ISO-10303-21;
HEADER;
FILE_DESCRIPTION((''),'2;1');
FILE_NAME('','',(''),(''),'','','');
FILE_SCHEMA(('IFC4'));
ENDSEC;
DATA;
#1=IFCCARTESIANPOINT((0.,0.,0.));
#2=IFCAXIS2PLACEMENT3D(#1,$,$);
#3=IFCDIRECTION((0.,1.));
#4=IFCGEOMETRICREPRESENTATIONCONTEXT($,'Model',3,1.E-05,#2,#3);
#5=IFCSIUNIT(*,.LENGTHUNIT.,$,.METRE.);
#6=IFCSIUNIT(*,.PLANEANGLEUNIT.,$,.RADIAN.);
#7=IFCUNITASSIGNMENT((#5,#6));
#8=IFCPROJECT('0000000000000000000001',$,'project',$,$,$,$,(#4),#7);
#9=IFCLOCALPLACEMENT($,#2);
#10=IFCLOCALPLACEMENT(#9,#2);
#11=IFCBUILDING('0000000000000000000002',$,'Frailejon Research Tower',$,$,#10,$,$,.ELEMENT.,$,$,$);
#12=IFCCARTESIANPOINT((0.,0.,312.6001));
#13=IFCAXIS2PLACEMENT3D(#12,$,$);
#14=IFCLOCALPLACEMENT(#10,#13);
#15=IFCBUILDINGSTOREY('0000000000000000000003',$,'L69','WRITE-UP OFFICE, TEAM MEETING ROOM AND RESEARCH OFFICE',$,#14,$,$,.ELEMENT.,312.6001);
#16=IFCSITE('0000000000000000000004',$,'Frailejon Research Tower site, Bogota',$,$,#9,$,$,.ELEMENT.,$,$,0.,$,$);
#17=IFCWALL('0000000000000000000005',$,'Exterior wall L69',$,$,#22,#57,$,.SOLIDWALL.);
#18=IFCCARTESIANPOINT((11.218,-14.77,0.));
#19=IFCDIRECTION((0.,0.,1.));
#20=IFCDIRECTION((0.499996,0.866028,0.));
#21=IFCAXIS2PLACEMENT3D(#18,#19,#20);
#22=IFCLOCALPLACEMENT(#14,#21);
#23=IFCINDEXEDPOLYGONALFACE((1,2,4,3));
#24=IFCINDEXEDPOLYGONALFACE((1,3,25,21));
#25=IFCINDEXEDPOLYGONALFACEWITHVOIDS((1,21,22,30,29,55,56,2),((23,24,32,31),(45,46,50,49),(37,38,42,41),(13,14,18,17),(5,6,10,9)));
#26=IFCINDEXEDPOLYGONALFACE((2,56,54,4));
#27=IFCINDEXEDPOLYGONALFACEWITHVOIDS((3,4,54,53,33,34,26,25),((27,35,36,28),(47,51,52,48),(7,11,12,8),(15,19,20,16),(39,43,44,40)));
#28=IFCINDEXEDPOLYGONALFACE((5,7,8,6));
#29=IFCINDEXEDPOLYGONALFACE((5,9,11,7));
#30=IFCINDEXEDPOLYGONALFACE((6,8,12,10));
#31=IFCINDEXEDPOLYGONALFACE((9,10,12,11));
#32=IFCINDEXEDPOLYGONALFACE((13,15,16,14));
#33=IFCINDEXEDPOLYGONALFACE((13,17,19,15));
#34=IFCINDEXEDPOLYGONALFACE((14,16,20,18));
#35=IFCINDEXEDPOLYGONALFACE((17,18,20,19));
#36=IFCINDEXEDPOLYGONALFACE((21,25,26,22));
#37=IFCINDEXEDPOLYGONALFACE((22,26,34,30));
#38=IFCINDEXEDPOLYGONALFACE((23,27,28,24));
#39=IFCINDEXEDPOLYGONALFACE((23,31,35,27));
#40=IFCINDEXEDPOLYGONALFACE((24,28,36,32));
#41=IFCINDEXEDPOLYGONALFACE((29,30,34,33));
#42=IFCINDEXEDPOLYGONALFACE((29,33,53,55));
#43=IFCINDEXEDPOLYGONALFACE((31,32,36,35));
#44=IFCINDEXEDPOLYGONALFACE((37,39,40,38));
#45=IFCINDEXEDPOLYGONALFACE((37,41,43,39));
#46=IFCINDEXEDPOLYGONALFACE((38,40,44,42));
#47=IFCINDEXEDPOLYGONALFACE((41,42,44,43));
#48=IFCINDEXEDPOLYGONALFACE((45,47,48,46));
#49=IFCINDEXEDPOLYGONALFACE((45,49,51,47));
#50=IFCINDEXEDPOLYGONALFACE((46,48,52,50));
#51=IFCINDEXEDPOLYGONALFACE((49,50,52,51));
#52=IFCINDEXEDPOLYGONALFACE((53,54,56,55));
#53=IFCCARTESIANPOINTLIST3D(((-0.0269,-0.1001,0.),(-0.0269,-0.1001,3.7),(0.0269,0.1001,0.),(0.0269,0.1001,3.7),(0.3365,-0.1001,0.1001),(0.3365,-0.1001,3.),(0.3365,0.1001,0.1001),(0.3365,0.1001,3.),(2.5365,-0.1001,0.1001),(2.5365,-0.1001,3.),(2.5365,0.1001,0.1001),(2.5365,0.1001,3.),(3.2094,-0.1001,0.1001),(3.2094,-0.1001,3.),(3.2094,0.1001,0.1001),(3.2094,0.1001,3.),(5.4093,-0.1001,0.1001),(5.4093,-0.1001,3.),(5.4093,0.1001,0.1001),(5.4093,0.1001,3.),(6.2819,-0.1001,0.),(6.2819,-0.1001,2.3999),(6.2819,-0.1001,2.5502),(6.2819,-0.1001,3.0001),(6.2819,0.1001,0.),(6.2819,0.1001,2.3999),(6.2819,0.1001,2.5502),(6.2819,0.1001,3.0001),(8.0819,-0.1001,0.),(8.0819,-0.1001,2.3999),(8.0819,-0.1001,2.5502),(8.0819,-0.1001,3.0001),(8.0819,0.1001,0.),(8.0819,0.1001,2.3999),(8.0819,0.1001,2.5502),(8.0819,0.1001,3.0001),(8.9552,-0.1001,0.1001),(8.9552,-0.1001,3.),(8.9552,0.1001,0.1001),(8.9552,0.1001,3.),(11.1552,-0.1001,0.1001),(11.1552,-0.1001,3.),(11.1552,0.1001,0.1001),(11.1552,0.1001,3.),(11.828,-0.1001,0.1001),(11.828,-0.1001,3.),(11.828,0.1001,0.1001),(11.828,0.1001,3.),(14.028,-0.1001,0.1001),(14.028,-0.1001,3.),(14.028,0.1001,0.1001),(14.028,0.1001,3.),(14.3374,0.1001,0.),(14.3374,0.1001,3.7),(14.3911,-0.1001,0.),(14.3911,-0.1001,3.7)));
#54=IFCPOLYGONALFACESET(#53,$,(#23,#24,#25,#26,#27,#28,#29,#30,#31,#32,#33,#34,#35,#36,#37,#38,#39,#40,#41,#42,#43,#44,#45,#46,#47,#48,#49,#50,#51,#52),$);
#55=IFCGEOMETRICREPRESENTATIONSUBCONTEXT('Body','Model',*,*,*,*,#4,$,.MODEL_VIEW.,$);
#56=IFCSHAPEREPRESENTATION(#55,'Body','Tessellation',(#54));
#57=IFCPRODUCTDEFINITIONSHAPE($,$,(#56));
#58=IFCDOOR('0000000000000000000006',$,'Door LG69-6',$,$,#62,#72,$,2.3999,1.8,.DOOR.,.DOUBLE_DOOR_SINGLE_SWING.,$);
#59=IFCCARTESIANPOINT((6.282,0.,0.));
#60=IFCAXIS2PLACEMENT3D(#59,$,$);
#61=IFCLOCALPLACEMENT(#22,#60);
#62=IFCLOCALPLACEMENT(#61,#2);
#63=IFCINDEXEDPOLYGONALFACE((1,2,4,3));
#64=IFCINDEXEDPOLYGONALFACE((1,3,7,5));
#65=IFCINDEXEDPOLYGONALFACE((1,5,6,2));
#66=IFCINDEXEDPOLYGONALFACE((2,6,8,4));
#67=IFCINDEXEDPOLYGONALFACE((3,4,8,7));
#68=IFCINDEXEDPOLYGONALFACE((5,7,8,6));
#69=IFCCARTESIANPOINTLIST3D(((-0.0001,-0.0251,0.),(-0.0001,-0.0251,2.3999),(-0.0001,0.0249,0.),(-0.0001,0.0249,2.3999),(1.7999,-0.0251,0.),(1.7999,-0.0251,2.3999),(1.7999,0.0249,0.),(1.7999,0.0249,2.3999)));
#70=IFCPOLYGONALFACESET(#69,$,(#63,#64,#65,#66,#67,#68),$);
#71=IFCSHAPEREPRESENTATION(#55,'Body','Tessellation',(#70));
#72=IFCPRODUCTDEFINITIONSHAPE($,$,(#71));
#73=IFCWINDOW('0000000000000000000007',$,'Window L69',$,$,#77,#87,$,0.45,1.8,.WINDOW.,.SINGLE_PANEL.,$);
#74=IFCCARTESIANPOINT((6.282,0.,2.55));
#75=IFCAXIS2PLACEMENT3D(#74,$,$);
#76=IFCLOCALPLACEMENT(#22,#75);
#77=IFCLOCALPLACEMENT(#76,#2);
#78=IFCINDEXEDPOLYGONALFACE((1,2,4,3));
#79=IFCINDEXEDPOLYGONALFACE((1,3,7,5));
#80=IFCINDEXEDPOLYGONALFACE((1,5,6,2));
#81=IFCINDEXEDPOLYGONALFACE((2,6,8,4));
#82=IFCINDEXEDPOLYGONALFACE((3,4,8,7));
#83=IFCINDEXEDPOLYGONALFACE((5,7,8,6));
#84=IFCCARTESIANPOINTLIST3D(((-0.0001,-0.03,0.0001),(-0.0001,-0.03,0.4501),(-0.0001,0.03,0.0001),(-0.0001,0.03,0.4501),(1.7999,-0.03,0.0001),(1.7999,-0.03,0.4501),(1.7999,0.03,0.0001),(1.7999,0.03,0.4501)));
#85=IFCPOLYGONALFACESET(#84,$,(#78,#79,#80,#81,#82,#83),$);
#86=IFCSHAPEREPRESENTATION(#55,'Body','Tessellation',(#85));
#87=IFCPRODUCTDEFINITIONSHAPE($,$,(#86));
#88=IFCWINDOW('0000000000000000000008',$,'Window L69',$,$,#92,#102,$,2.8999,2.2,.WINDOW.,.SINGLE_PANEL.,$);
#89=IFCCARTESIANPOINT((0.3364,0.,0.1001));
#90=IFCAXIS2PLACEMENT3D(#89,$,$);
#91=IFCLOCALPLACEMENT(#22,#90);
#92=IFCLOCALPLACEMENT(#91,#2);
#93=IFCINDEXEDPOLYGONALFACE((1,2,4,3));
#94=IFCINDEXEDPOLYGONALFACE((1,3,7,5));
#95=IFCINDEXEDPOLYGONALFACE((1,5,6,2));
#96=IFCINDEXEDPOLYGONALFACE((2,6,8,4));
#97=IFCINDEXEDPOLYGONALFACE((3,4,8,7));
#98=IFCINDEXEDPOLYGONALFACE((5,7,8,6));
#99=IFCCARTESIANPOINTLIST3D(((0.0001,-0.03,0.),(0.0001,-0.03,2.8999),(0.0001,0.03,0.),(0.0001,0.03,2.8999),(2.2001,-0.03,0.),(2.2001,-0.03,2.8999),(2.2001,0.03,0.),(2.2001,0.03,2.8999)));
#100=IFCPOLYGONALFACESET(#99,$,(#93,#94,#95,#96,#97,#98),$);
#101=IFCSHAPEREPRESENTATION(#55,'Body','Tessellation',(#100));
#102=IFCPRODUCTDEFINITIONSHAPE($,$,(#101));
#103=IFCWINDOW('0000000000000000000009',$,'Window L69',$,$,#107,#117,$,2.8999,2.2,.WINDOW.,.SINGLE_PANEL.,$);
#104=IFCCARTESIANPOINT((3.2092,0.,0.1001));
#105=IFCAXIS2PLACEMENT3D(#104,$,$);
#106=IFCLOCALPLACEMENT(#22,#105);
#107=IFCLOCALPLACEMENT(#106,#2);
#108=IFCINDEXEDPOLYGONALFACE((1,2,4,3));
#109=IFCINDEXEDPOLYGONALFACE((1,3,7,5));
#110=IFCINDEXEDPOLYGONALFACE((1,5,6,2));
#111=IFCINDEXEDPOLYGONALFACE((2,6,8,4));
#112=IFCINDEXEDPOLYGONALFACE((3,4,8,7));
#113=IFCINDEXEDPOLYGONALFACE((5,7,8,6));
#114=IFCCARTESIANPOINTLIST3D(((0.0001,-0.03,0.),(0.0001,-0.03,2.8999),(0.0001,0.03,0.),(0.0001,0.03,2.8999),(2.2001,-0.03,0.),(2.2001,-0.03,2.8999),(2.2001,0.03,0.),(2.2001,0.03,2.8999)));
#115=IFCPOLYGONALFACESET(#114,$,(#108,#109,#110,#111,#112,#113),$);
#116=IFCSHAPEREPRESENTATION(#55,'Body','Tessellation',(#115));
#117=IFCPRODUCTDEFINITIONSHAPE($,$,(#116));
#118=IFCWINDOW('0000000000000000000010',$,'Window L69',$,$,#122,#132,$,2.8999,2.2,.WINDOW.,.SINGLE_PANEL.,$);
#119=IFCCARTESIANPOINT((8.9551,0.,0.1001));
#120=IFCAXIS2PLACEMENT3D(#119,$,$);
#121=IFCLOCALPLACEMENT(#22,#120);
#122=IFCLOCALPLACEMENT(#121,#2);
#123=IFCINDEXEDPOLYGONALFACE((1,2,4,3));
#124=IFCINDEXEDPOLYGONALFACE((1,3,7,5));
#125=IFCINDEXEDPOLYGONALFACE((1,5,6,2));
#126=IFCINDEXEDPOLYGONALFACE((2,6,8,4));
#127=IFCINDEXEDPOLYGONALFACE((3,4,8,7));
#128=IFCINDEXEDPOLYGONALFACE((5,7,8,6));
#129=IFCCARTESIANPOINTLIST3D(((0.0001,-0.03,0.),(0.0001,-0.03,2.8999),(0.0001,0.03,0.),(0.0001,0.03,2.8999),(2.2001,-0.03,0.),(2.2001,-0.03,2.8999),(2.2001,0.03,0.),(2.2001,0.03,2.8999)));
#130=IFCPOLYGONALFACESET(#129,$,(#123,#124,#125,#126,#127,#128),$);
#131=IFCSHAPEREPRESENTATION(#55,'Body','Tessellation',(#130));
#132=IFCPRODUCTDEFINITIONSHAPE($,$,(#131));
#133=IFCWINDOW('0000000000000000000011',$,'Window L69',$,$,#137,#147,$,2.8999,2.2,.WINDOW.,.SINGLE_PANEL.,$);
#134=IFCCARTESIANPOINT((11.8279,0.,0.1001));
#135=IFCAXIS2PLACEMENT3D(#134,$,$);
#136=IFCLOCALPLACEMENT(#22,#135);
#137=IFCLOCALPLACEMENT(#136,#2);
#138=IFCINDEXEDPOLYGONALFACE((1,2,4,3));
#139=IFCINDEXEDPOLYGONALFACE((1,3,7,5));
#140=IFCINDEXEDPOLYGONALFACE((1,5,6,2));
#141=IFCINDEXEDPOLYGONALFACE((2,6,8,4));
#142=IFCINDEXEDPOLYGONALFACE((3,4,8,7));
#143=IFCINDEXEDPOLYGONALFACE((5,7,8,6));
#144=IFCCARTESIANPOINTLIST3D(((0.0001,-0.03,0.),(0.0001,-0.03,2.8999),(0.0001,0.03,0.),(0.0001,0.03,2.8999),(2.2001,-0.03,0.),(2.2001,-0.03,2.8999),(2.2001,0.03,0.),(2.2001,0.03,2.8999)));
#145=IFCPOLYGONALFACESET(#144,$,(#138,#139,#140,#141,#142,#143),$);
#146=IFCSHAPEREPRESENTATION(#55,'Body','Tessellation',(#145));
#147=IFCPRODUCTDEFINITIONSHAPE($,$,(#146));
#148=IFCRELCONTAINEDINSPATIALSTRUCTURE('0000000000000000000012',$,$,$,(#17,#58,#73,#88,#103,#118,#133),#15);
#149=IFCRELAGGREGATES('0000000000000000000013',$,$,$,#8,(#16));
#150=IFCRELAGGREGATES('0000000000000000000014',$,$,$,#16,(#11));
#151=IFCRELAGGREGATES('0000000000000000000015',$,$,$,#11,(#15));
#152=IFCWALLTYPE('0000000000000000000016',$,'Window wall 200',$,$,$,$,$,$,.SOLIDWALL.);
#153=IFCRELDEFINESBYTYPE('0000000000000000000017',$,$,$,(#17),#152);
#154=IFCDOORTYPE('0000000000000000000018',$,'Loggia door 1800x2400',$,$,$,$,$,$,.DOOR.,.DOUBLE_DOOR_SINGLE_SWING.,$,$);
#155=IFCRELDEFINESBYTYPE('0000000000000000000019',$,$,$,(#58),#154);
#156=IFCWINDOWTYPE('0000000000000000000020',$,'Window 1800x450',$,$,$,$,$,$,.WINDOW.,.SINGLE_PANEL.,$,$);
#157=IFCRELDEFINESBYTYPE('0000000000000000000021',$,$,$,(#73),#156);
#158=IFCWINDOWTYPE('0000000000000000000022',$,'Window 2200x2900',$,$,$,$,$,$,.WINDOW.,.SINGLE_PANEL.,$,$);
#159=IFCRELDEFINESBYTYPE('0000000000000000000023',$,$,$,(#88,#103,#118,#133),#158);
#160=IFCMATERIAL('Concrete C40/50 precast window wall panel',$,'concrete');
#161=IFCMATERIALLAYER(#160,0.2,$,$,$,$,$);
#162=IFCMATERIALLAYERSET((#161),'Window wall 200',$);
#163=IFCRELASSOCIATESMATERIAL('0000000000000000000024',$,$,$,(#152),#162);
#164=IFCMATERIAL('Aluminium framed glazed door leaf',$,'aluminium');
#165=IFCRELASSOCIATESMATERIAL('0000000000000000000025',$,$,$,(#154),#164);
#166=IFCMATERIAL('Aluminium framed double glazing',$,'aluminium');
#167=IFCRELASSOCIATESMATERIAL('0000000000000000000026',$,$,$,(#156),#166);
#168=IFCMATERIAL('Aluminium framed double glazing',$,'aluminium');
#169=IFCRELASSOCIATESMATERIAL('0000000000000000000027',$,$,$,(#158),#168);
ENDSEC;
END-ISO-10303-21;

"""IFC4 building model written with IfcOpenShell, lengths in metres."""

from ifc_helpers import new_model, si_unit, direction, frame, frame_2d, origin, place, context, subcontext, project, spatial, polyline, rectangle, outline, extrude, material, layer, layer_set, type_object, element, fill, save


model = new_model("IFC4")

# Units and contexts
model_context = context("Model", 3, precision=1e-05, world=origin(), true_north=direction((0.0, 1.0)))
body_context = subcontext(model_context, "Body", "Model", "MODEL_VIEW")
ifc_project = project(units=[si_unit("LENGTHUNIT", "METRE"), si_unit("PLANEANGLEUNIT", "RADIAN")], contexts=[model_context])

# Site, building, storey
site_placement = place(None, origin())
site = spatial("IfcSite", under=ifc_project, at=site_placement, Name="Frailejon Research Tower site, Bogota", CompositionType="ELEMENT", RefElevation=0.0)
building_placement = place(site_placement, origin())
building = spatial("IfcBuilding", under=site, at=building_placement, Name="Frailejon Research Tower", CompositionType="ELEMENT")
storey_placement = place(building_placement, frame((0.0, 0.0, 312.6001)))
storey = spatial("IfcBuildingStorey", under=building, at=storey_placement, Name="L69", Description="WRITE-UP OFFICE, TEAM MEETING ROOM AND RESEARCH OFFICE", CompositionType="ELEMENT", Elevation=312.6001)

# Wall, openings, door, windows
ifc_material_1 = material(Name="Concrete C40/50 precast window wall panel", Category="concrete")
ifc_layer_1 = layer(ifc_material_1, 0.2)
ifc_layer_set_1 = layer_set([ifc_layer_1], Name="Window wall 200")
wall_type_1 = type_object("IfcWallType", Name="Window wall 200", PredefinedType="SOLIDWALL", material=ifc_layer_set_1)
wall_1_placement = place(storey_placement, frame((11.218, -14.77, 0.0), z_axis=(0.0, 0.0, 1.0), x_axis=(0.499996, 0.866028, 0.0)))
wall_1 = element("IfcWall", 1, at=wall_1_placement, inside=storey, type_object=wall_type_1, Name="Exterior wall L69", PredefinedType="SOLIDWALL", context=body_context, shape_type="SweptSolid", body=[
    extrude(outline(polyline([(-0.0269, -0.1001), (1.0029, -0.1001), (2.033, -0.1001), (3.0627, -0.1001), (4.0925, -0.1001), (5.1223, -0.1001), (6.1523, -0.1001), (7.1821, -0.1001), (8.2119, -0.1001), (9.2419, -0.1001), (10.2717, -0.1001), (11.3015, -0.1001), (12.3313, -0.1001), (13.3613, -0.1001), (14.3911, -0.1001), (14.3374, 0.1001), (13.3152, 0.1001), (12.293, 0.1001), (11.2708, 0.1001), (10.2488, 0.1001), (9.2266, 0.1001), (8.2043, 0.1001), (7.1821, 0.1001), (6.1599, 0.1001), (5.1377, 0.1001), (4.1155, 0.1001), (3.0935, 0.1001), (2.0713, 0.1001), (1.0491, 0.1001), (0.0269, 0.1001), (-0.0269, -0.1001)])), origin(), (0.0, 0.0, 1.0), 3.7),
])
opening_1_placement = place(wall_1_placement, frame((0.3364, 0.0, 0.1001)))
opening_1 = element("IfcOpeningElement", 2, at=opening_1_placement, cuts=wall_1, PredefinedType="OPENING", context=body_context, shape_type="SweptSolid", body=[
    extrude(rectangle(XDim=2.2, YDim=2.8999, at=frame_2d((1.1001, 1.45))), frame((0.0, 0.1099, 0.0), z_axis=(0.0, -1.0, 0.0), x_axis=(1.0, 0.0, 0.0)), (0.0, 0.0, 1.0), 0.22),
])
opening_2_placement = place(wall_1_placement, frame((3.2092, 0.0, 0.1001)))
opening_2 = element("IfcOpeningElement", 3, at=opening_2_placement, cuts=wall_1, PredefinedType="OPENING", context=body_context, shape_type="SweptSolid", body=[
    extrude(rectangle(XDim=2.2, YDim=2.8999, at=frame_2d((1.1001, 1.45))), frame((0.0, 0.1099, 0.0), z_axis=(0.0, -1.0, 0.0), x_axis=(1.0, 0.0, 0.0)), (0.0, 0.0, 1.0), 0.22),
])
opening_3_placement = place(wall_1_placement, frame((6.282, 0.0, 0.0)))
opening_3 = element("IfcOpeningElement", 4, at=opening_3_placement, cuts=wall_1, PredefinedType="OPENING", context=body_context, shape_type="SweptSolid", body=[
    extrude(rectangle(XDim=1.8, YDim=2.3999, at=frame_2d((0.8999, 1.2))), frame((0.0, 0.1099, 0.0), z_axis=(0.0, -1.0, 0.0), x_axis=(1.0, 0.0, 0.0)), (0.0, 0.0, 1.0), 0.22),
])
opening_4_placement = place(wall_1_placement, frame((6.282, 0.0, 2.55)))
opening_4 = element("IfcOpeningElement", 5, at=opening_4_placement, cuts=wall_1, PredefinedType="OPENING", context=body_context, shape_type="SweptSolid", body=[
    extrude(rectangle(XDim=1.8, YDim=0.45, at=frame_2d((0.8999, 0.2251))), frame((0.0, 0.1099, 0.0), z_axis=(0.0, -1.0, 0.0), x_axis=(1.0, 0.0, 0.0)), (0.0, 0.0, 1.0), 0.22),
])
opening_5_placement = place(wall_1_placement, frame((8.9551, 0.0, 0.1001)))
opening_5 = element("IfcOpeningElement", 6, at=opening_5_placement, cuts=wall_1, PredefinedType="OPENING", context=body_context, shape_type="SweptSolid", body=[
    extrude(rectangle(XDim=2.2, YDim=2.8999, at=frame_2d((1.1001, 1.45))), frame((0.0, 0.1099, 0.0), z_axis=(0.0, -1.0, 0.0), x_axis=(1.0, 0.0, 0.0)), (0.0, 0.0, 1.0), 0.22),
])
opening_6_placement = place(wall_1_placement, frame((11.8279, 0.0, 0.1001)))
opening_6 = element("IfcOpeningElement", 7, at=opening_6_placement, cuts=wall_1, PredefinedType="OPENING", context=body_context, shape_type="SweptSolid", body=[
    extrude(rectangle(XDim=2.2, YDim=2.8999, at=frame_2d((1.1001, 1.45))), frame((0.0, 0.1099, 0.0), z_axis=(0.0, -1.0, 0.0), x_axis=(1.0, 0.0, 0.0)), (0.0, 0.0, 1.0), 0.22),
])
ifc_material_2 = material(Name="Aluminium framed glazed door leaf", Category="aluminium")
door_type_1 = type_object("IfcDoorType", Name="Loggia door 1800x2400", OperationType="DOUBLE_DOOR_SINGLE_SWING", PredefinedType="DOOR", material=ifc_material_2)
door_1_placement = place(opening_3_placement, origin())
door_1 = element("IfcDoor", 8, at=door_1_placement, inside=storey, type_object=door_type_1, Name="Door LG69-6", OperationType="DOUBLE_DOOR_SINGLE_SWING", OverallHeight=2.3999, OverallWidth=1.8, PredefinedType="DOOR", context=body_context, shape_type="SweptSolid", body=[
    extrude(rectangle(XDim=1.8, YDim=2.3999, at=frame_2d((0.8999, 1.2))), frame((0.0, 0.0249, 0.0), z_axis=(0.0, -1.0, 0.0), x_axis=(1.0, 0.0, 0.0)), (0.0, 0.0, 1.0), 0.05),
])
fill(opening_3, door_1)
ifc_material_3 = material(Name="Aluminium framed double glazing", Category="aluminium")
window_type_1 = type_object("IfcWindowType", Name="Window 1800x450", PartitioningType="SINGLE_PANEL", PredefinedType="WINDOW", material=ifc_material_3)
window_1_placement = place(opening_4_placement, origin())
window_1 = element("IfcWindow", 9, at=window_1_placement, inside=storey, type_object=window_type_1, Name="Window L69", OverallHeight=0.45, OverallWidth=1.8, PartitioningType="SINGLE_PANEL", PredefinedType="WINDOW", context=body_context, shape_type="SweptSolid", body=[
    extrude(rectangle(XDim=1.8, YDim=0.45, at=frame_2d((0.8999, 0.2251))), frame((0.0, 0.03, 0.0), z_axis=(0.0, -1.0, 0.0), x_axis=(1.0, 0.0, 0.0)), (0.0, 0.0, 1.0), 0.0601),
])
fill(opening_4, window_1)
ifc_material_4 = material(Name="Aluminium framed double glazing", Category="aluminium")
window_type_2 = type_object("IfcWindowType", Name="Window 2200x2900", PartitioningType="SINGLE_PANEL", PredefinedType="WINDOW", material=ifc_material_4)
window_2_placement = place(opening_1_placement, origin())
window_2 = element("IfcWindow", 10, at=window_2_placement, inside=storey, type_object=window_type_2, Name="Window L69", OverallHeight=2.8999, OverallWidth=2.2, PartitioningType="SINGLE_PANEL", PredefinedType="WINDOW", context=body_context, shape_type="SweptSolid", body=[
    extrude(rectangle(XDim=2.2, YDim=2.8999, at=frame_2d((1.1001, 1.45))), frame((0.0, 0.03, 0.0), z_axis=(0.0, -1.0, 0.0), x_axis=(1.0, 0.0, 0.0)), (0.0, 0.0, 1.0), 0.0601),
])
fill(opening_1, window_2)
window_3_placement = place(opening_2_placement, origin())
window_3 = element("IfcWindow", 11, at=window_3_placement, inside=storey, type_object=window_type_2, Name="Window L69", OverallHeight=2.8999, OverallWidth=2.2, PartitioningType="SINGLE_PANEL", PredefinedType="WINDOW", context=body_context, shape_type="SweptSolid", body=[
    extrude(rectangle(XDim=2.2, YDim=2.8999, at=frame_2d((1.1001, 1.45))), frame((0.0, 0.03, 0.0), z_axis=(0.0, -1.0, 0.0), x_axis=(1.0, 0.0, 0.0)), (0.0, 0.0, 1.0), 0.0601),
])
fill(opening_2, window_3)
window_4_placement = place(opening_5_placement, origin())
window_4 = element("IfcWindow", 12, at=window_4_placement, inside=storey, type_object=window_type_2, Name="Window L69", OverallHeight=2.8999, OverallWidth=2.2, PartitioningType="SINGLE_PANEL", PredefinedType="WINDOW", context=body_context, shape_type="SweptSolid", body=[
    extrude(rectangle(XDim=2.2, YDim=2.8999, at=frame_2d((1.1001, 1.45))), frame((0.0, 0.03, 0.0), z_axis=(0.0, -1.0, 0.0), x_axis=(1.0, 0.0, 0.0)), (0.0, 0.0, 1.0), 0.0601),
])
fill(opening_5, window_4)
window_5_placement = place(opening_6_placement, origin())
window_5 = element("IfcWindow", 13, at=window_5_placement, inside=storey, type_object=window_type_2, Name="Window L69", OverallHeight=2.8999, OverallWidth=2.2, PartitioningType="SINGLE_PANEL", PredefinedType="WINDOW", context=body_context, shape_type="SweptSolid", body=[
    extrude(rectangle(XDim=2.2, YDim=2.8999, at=frame_2d((1.1001, 1.45))), frame((0.0, 0.03, 0.0), z_axis=(0.0, -1.0, 0.0), x_axis=(1.0, 0.0, 0.0)), (0.0, 0.0, 1.0), 0.0601),
])
fill(opening_6, window_5)

save(model, "model.ifc")
